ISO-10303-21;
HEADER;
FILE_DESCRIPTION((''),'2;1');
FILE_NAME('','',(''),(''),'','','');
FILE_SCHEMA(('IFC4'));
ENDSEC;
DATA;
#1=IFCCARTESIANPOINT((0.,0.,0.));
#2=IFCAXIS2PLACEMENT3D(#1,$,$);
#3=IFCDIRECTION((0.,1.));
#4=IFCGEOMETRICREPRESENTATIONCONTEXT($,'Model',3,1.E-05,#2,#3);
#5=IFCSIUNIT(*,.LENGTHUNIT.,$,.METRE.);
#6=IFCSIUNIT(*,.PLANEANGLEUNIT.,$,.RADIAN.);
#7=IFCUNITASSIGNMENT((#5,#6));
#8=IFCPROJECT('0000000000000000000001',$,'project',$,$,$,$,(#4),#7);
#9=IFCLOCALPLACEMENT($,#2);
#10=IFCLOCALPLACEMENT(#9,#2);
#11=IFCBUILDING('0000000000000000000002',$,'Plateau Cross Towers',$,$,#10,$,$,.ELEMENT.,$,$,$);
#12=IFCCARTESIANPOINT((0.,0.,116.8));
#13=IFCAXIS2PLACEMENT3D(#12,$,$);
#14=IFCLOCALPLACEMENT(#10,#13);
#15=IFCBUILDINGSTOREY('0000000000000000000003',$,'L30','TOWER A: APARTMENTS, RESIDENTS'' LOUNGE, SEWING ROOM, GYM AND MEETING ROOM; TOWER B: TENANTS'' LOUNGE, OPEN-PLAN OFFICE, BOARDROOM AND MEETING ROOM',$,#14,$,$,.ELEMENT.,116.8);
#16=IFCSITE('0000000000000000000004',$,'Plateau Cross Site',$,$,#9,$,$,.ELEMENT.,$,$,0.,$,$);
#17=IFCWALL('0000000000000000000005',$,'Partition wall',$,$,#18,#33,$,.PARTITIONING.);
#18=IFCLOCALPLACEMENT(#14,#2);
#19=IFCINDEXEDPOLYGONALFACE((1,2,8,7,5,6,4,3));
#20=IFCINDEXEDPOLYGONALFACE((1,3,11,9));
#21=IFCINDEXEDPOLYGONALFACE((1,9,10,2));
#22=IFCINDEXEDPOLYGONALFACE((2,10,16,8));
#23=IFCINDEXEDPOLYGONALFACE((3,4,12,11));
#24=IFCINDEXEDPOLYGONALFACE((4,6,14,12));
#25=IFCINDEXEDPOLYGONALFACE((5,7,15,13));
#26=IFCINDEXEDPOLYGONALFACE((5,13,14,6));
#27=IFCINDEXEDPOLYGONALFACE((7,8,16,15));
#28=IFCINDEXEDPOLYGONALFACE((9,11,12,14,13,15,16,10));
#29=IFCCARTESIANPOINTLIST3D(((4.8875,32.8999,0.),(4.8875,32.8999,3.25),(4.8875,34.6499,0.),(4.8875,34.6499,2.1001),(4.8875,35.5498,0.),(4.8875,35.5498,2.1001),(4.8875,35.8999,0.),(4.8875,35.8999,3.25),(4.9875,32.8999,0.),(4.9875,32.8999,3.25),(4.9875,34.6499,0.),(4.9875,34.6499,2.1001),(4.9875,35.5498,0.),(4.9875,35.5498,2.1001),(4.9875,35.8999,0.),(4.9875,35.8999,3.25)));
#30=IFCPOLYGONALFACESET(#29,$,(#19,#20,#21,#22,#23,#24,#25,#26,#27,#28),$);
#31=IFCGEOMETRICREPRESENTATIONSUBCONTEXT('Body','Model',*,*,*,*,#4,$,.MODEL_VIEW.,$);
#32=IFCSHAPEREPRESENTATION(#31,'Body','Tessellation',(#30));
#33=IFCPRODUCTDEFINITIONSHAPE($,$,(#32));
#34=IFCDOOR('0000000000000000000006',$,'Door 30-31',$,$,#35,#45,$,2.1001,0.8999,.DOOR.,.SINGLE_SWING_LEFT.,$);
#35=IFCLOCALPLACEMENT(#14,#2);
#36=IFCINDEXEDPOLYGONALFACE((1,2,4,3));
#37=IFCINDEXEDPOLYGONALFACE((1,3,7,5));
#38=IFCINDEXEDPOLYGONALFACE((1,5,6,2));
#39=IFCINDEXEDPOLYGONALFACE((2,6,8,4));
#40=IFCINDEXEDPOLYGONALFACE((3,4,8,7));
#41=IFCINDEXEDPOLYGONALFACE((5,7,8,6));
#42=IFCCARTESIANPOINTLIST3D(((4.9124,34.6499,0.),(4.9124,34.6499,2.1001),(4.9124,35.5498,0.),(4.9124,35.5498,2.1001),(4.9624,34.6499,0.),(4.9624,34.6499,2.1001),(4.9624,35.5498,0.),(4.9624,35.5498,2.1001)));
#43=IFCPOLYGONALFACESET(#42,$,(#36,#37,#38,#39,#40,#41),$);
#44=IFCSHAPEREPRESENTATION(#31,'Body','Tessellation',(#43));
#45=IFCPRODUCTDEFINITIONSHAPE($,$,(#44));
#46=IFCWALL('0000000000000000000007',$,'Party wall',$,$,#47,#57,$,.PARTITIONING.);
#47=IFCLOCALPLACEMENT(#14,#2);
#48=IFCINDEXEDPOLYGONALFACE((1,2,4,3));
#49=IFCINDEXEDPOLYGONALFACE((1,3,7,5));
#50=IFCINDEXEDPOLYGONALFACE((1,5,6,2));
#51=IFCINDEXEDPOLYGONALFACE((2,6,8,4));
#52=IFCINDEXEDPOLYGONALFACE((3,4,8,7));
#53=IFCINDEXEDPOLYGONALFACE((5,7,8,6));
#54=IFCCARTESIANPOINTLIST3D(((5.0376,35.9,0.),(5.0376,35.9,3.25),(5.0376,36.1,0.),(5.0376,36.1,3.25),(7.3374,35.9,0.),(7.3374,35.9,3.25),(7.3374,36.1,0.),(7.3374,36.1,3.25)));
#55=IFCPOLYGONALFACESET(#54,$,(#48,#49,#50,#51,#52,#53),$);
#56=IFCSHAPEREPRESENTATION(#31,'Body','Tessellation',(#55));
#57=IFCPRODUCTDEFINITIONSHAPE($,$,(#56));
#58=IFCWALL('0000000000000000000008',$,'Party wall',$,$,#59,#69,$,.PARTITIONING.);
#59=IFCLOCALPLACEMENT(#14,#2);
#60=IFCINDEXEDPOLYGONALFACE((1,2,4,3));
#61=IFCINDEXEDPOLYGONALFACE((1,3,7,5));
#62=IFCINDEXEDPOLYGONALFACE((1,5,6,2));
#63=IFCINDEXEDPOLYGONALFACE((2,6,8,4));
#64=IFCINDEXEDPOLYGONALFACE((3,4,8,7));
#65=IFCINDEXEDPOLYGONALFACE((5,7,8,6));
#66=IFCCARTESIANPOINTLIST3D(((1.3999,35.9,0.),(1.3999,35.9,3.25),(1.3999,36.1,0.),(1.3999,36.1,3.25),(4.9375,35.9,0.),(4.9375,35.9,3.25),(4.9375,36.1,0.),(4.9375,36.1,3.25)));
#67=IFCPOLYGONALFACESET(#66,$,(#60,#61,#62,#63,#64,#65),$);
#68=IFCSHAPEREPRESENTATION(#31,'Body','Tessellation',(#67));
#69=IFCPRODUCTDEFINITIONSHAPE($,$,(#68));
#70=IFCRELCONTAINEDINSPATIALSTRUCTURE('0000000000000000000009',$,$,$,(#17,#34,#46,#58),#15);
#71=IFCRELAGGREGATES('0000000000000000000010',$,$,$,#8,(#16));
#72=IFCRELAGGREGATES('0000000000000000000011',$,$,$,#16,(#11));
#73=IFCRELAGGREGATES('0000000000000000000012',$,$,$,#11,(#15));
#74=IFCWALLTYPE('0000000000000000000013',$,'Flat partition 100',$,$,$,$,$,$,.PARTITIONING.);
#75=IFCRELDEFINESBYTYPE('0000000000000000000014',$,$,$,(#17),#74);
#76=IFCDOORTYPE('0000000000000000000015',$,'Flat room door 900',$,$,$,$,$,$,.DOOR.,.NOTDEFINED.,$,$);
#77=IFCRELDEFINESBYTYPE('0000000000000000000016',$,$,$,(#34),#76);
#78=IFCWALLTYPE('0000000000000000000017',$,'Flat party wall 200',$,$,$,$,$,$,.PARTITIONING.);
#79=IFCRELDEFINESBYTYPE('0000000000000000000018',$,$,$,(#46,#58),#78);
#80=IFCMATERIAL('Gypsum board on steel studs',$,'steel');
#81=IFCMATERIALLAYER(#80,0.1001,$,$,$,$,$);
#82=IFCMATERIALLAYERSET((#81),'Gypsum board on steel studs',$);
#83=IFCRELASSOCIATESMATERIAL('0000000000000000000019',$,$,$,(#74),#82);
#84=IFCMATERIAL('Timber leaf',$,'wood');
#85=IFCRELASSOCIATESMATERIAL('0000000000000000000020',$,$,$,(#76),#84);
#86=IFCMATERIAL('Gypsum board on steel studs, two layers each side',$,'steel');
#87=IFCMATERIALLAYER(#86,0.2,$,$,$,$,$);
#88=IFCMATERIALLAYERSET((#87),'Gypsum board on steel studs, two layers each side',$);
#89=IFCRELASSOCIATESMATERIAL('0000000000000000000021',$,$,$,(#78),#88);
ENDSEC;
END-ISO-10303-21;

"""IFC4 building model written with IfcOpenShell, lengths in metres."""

from ifc_helpers import new_model, si_unit, direction, frame, frame_2d, origin, place, context, subcontext, project, spatial, rectangle, extrude, material, layer, layer_set, type_object, element, fill, save


model = new_model("IFC4")

# Units and contexts
model_context = context("Model", 3, precision=1e-05, world=origin(), true_north=direction((0.0, 1.0)))
body_context = subcontext(model_context, "Body", "Model", "MODEL_VIEW")
ifc_project = project(units=[si_unit("LENGTHUNIT", "METRE"), si_unit("PLANEANGLEUNIT", "RADIAN")], contexts=[model_context])

# Site, building, storey
site_placement = place(None, origin())
site = spatial("IfcSite", under=ifc_project, at=site_placement, Name="Plateau Cross Site", CompositionType="ELEMENT", RefElevation=0.0)
building_placement = place(site_placement, origin())
building = spatial("IfcBuilding", under=site, at=building_placement, Name="Plateau Cross Towers", CompositionType="ELEMENT")
storey_placement = place(building_placement, frame((0.0, 0.0, 116.8)))
storey = spatial("IfcBuildingStorey", under=building, at=storey_placement, Name="L30", Description="TOWER A: APARTMENTS, RESIDENTS' LOUNGE, SEWING ROOM, GYM AND MEETING ROOM; TOWER B: TENANTS' LOUNGE, OPEN-PLAN OFFICE, BOARDROOM AND MEETING ROOM", CompositionType="ELEMENT", Elevation=116.8)

# Shared definitions
ifc_material_1 = material(Name="Gypsum board on steel studs", Category="steel")
ifc_layer_1 = layer(ifc_material_1, 0.1001)
ifc_layer_set_1 = layer_set([ifc_layer_1], Name="Gypsum board on steel studs")
wall_type_1 = type_object("IfcWallType", Name="Flat partition 100", PredefinedType="PARTITIONING", material=ifc_layer_set_1)
ifc_material_2 = material(Name="Timber leaf", Category="wood")
door_type_1 = type_object("IfcDoorType", Name="Flat room door 900", OperationType="NOTDEFINED", PredefinedType="DOOR", material=ifc_material_2)

# Wall, opening, door
wall_1_placement = place(storey_placement, frame((4.9375, 35.8999, 0.0), z_axis=(0.0, 0.0, 1.0), x_axis=(0.0, -1.0, 0.0)))
wall_1 = element("IfcWall", 1, at=wall_1_placement, inside=storey, type_object=wall_type_1, Name="Partition wall", PredefinedType="PARTITIONING", context=body_context, shape_type="SweptSolid", body=[
    extrude(rectangle(XDim=3.0, YDim=0.1001, at=frame_2d((1.5, 0.0))), origin(), (0.0, 0.0, 1.0), 3.25),
])
opening_1_placement = place(wall_1_placement, frame((0.3501, 0.0, 0.0)))
opening_1 = element("IfcOpeningElement", 2, at=opening_1_placement, cuts=wall_1, PredefinedType="OPENING", context=body_context, shape_type="SweptSolid", body=[
    extrude(rectangle(XDim=0.8999, YDim=2.1001, at=frame_2d((0.45, 1.05))), frame((0.0, 0.0601, 0.0), z_axis=(0.0, -1.0, 0.0), x_axis=(1.0, 0.0, 0.0)), (0.0, 0.0, 1.0), 0.1201),
])
door_1_placement = place(opening_1_placement, origin())
door_1 = element("IfcDoor", 3, at=door_1_placement, inside=storey, type_object=door_type_1, Name="Door 30-31", OperationType="SINGLE_SWING_LEFT", OverallHeight=2.1001, OverallWidth=0.8999, PredefinedType="DOOR", context=body_context, shape_type="SweptSolid", body=[
    extrude(rectangle(XDim=0.8999, YDim=2.1001, at=frame_2d((0.45, 1.05))), frame((0.0, 0.0249, 0.0), z_axis=(0.0, -1.0, 0.0), x_axis=(1.0, 0.0, 0.0)), (0.0, 0.0, 1.0), 0.05),
])
fill(opening_1, door_1)

# Walls
ifc_material_3 = material(Name="Gypsum board on steel studs, two layers each side", Category="steel")
ifc_layer_2 = layer(ifc_material_3, 0.2)
ifc_layer_set_2 = layer_set([ifc_layer_2], Name="Gypsum board on steel studs, two layers each side")
wall_type_2 = type_object("IfcWallType", Name="Flat party wall 200", PredefinedType="PARTITIONING", material=ifc_layer_set_2)
wall_2_placement = place(storey_placement, frame((7.3374, 36.0, 0.0), z_axis=(0.0, 0.0, 1.0), x_axis=(-1.0, 0.0, 0.0)))
element("IfcWall", 4, at=wall_2_placement, inside=storey, type_object=wall_type_2, Name="Party wall", PredefinedType="PARTITIONING", context=body_context, shape_type="SweptSolid", body=[
    extrude(rectangle(XDim=2.2998, YDim=0.2, at=frame_2d((1.1499, 0.0))), origin(), (0.0, 0.0, 1.0), 3.25),
])
wall_3_placement = place(storey_placement, frame((1.3999, 36.0, 0.0), z_axis=(0.0, 0.0, 1.0), x_axis=(1.0, 0.0, 0.0)))
element("IfcWall", 5, at=wall_3_placement, inside=storey, type_object=wall_type_2, Name="Party wall", PredefinedType="PARTITIONING", context=body_context, shape_type="SweptSolid", body=[
    extrude(rectangle(XDim=3.5376, YDim=0.2, at=frame_2d((1.7688, 0.0))), origin(), (0.0, 0.0, 1.0), 3.25),
])

save(model, "model.ifc")
